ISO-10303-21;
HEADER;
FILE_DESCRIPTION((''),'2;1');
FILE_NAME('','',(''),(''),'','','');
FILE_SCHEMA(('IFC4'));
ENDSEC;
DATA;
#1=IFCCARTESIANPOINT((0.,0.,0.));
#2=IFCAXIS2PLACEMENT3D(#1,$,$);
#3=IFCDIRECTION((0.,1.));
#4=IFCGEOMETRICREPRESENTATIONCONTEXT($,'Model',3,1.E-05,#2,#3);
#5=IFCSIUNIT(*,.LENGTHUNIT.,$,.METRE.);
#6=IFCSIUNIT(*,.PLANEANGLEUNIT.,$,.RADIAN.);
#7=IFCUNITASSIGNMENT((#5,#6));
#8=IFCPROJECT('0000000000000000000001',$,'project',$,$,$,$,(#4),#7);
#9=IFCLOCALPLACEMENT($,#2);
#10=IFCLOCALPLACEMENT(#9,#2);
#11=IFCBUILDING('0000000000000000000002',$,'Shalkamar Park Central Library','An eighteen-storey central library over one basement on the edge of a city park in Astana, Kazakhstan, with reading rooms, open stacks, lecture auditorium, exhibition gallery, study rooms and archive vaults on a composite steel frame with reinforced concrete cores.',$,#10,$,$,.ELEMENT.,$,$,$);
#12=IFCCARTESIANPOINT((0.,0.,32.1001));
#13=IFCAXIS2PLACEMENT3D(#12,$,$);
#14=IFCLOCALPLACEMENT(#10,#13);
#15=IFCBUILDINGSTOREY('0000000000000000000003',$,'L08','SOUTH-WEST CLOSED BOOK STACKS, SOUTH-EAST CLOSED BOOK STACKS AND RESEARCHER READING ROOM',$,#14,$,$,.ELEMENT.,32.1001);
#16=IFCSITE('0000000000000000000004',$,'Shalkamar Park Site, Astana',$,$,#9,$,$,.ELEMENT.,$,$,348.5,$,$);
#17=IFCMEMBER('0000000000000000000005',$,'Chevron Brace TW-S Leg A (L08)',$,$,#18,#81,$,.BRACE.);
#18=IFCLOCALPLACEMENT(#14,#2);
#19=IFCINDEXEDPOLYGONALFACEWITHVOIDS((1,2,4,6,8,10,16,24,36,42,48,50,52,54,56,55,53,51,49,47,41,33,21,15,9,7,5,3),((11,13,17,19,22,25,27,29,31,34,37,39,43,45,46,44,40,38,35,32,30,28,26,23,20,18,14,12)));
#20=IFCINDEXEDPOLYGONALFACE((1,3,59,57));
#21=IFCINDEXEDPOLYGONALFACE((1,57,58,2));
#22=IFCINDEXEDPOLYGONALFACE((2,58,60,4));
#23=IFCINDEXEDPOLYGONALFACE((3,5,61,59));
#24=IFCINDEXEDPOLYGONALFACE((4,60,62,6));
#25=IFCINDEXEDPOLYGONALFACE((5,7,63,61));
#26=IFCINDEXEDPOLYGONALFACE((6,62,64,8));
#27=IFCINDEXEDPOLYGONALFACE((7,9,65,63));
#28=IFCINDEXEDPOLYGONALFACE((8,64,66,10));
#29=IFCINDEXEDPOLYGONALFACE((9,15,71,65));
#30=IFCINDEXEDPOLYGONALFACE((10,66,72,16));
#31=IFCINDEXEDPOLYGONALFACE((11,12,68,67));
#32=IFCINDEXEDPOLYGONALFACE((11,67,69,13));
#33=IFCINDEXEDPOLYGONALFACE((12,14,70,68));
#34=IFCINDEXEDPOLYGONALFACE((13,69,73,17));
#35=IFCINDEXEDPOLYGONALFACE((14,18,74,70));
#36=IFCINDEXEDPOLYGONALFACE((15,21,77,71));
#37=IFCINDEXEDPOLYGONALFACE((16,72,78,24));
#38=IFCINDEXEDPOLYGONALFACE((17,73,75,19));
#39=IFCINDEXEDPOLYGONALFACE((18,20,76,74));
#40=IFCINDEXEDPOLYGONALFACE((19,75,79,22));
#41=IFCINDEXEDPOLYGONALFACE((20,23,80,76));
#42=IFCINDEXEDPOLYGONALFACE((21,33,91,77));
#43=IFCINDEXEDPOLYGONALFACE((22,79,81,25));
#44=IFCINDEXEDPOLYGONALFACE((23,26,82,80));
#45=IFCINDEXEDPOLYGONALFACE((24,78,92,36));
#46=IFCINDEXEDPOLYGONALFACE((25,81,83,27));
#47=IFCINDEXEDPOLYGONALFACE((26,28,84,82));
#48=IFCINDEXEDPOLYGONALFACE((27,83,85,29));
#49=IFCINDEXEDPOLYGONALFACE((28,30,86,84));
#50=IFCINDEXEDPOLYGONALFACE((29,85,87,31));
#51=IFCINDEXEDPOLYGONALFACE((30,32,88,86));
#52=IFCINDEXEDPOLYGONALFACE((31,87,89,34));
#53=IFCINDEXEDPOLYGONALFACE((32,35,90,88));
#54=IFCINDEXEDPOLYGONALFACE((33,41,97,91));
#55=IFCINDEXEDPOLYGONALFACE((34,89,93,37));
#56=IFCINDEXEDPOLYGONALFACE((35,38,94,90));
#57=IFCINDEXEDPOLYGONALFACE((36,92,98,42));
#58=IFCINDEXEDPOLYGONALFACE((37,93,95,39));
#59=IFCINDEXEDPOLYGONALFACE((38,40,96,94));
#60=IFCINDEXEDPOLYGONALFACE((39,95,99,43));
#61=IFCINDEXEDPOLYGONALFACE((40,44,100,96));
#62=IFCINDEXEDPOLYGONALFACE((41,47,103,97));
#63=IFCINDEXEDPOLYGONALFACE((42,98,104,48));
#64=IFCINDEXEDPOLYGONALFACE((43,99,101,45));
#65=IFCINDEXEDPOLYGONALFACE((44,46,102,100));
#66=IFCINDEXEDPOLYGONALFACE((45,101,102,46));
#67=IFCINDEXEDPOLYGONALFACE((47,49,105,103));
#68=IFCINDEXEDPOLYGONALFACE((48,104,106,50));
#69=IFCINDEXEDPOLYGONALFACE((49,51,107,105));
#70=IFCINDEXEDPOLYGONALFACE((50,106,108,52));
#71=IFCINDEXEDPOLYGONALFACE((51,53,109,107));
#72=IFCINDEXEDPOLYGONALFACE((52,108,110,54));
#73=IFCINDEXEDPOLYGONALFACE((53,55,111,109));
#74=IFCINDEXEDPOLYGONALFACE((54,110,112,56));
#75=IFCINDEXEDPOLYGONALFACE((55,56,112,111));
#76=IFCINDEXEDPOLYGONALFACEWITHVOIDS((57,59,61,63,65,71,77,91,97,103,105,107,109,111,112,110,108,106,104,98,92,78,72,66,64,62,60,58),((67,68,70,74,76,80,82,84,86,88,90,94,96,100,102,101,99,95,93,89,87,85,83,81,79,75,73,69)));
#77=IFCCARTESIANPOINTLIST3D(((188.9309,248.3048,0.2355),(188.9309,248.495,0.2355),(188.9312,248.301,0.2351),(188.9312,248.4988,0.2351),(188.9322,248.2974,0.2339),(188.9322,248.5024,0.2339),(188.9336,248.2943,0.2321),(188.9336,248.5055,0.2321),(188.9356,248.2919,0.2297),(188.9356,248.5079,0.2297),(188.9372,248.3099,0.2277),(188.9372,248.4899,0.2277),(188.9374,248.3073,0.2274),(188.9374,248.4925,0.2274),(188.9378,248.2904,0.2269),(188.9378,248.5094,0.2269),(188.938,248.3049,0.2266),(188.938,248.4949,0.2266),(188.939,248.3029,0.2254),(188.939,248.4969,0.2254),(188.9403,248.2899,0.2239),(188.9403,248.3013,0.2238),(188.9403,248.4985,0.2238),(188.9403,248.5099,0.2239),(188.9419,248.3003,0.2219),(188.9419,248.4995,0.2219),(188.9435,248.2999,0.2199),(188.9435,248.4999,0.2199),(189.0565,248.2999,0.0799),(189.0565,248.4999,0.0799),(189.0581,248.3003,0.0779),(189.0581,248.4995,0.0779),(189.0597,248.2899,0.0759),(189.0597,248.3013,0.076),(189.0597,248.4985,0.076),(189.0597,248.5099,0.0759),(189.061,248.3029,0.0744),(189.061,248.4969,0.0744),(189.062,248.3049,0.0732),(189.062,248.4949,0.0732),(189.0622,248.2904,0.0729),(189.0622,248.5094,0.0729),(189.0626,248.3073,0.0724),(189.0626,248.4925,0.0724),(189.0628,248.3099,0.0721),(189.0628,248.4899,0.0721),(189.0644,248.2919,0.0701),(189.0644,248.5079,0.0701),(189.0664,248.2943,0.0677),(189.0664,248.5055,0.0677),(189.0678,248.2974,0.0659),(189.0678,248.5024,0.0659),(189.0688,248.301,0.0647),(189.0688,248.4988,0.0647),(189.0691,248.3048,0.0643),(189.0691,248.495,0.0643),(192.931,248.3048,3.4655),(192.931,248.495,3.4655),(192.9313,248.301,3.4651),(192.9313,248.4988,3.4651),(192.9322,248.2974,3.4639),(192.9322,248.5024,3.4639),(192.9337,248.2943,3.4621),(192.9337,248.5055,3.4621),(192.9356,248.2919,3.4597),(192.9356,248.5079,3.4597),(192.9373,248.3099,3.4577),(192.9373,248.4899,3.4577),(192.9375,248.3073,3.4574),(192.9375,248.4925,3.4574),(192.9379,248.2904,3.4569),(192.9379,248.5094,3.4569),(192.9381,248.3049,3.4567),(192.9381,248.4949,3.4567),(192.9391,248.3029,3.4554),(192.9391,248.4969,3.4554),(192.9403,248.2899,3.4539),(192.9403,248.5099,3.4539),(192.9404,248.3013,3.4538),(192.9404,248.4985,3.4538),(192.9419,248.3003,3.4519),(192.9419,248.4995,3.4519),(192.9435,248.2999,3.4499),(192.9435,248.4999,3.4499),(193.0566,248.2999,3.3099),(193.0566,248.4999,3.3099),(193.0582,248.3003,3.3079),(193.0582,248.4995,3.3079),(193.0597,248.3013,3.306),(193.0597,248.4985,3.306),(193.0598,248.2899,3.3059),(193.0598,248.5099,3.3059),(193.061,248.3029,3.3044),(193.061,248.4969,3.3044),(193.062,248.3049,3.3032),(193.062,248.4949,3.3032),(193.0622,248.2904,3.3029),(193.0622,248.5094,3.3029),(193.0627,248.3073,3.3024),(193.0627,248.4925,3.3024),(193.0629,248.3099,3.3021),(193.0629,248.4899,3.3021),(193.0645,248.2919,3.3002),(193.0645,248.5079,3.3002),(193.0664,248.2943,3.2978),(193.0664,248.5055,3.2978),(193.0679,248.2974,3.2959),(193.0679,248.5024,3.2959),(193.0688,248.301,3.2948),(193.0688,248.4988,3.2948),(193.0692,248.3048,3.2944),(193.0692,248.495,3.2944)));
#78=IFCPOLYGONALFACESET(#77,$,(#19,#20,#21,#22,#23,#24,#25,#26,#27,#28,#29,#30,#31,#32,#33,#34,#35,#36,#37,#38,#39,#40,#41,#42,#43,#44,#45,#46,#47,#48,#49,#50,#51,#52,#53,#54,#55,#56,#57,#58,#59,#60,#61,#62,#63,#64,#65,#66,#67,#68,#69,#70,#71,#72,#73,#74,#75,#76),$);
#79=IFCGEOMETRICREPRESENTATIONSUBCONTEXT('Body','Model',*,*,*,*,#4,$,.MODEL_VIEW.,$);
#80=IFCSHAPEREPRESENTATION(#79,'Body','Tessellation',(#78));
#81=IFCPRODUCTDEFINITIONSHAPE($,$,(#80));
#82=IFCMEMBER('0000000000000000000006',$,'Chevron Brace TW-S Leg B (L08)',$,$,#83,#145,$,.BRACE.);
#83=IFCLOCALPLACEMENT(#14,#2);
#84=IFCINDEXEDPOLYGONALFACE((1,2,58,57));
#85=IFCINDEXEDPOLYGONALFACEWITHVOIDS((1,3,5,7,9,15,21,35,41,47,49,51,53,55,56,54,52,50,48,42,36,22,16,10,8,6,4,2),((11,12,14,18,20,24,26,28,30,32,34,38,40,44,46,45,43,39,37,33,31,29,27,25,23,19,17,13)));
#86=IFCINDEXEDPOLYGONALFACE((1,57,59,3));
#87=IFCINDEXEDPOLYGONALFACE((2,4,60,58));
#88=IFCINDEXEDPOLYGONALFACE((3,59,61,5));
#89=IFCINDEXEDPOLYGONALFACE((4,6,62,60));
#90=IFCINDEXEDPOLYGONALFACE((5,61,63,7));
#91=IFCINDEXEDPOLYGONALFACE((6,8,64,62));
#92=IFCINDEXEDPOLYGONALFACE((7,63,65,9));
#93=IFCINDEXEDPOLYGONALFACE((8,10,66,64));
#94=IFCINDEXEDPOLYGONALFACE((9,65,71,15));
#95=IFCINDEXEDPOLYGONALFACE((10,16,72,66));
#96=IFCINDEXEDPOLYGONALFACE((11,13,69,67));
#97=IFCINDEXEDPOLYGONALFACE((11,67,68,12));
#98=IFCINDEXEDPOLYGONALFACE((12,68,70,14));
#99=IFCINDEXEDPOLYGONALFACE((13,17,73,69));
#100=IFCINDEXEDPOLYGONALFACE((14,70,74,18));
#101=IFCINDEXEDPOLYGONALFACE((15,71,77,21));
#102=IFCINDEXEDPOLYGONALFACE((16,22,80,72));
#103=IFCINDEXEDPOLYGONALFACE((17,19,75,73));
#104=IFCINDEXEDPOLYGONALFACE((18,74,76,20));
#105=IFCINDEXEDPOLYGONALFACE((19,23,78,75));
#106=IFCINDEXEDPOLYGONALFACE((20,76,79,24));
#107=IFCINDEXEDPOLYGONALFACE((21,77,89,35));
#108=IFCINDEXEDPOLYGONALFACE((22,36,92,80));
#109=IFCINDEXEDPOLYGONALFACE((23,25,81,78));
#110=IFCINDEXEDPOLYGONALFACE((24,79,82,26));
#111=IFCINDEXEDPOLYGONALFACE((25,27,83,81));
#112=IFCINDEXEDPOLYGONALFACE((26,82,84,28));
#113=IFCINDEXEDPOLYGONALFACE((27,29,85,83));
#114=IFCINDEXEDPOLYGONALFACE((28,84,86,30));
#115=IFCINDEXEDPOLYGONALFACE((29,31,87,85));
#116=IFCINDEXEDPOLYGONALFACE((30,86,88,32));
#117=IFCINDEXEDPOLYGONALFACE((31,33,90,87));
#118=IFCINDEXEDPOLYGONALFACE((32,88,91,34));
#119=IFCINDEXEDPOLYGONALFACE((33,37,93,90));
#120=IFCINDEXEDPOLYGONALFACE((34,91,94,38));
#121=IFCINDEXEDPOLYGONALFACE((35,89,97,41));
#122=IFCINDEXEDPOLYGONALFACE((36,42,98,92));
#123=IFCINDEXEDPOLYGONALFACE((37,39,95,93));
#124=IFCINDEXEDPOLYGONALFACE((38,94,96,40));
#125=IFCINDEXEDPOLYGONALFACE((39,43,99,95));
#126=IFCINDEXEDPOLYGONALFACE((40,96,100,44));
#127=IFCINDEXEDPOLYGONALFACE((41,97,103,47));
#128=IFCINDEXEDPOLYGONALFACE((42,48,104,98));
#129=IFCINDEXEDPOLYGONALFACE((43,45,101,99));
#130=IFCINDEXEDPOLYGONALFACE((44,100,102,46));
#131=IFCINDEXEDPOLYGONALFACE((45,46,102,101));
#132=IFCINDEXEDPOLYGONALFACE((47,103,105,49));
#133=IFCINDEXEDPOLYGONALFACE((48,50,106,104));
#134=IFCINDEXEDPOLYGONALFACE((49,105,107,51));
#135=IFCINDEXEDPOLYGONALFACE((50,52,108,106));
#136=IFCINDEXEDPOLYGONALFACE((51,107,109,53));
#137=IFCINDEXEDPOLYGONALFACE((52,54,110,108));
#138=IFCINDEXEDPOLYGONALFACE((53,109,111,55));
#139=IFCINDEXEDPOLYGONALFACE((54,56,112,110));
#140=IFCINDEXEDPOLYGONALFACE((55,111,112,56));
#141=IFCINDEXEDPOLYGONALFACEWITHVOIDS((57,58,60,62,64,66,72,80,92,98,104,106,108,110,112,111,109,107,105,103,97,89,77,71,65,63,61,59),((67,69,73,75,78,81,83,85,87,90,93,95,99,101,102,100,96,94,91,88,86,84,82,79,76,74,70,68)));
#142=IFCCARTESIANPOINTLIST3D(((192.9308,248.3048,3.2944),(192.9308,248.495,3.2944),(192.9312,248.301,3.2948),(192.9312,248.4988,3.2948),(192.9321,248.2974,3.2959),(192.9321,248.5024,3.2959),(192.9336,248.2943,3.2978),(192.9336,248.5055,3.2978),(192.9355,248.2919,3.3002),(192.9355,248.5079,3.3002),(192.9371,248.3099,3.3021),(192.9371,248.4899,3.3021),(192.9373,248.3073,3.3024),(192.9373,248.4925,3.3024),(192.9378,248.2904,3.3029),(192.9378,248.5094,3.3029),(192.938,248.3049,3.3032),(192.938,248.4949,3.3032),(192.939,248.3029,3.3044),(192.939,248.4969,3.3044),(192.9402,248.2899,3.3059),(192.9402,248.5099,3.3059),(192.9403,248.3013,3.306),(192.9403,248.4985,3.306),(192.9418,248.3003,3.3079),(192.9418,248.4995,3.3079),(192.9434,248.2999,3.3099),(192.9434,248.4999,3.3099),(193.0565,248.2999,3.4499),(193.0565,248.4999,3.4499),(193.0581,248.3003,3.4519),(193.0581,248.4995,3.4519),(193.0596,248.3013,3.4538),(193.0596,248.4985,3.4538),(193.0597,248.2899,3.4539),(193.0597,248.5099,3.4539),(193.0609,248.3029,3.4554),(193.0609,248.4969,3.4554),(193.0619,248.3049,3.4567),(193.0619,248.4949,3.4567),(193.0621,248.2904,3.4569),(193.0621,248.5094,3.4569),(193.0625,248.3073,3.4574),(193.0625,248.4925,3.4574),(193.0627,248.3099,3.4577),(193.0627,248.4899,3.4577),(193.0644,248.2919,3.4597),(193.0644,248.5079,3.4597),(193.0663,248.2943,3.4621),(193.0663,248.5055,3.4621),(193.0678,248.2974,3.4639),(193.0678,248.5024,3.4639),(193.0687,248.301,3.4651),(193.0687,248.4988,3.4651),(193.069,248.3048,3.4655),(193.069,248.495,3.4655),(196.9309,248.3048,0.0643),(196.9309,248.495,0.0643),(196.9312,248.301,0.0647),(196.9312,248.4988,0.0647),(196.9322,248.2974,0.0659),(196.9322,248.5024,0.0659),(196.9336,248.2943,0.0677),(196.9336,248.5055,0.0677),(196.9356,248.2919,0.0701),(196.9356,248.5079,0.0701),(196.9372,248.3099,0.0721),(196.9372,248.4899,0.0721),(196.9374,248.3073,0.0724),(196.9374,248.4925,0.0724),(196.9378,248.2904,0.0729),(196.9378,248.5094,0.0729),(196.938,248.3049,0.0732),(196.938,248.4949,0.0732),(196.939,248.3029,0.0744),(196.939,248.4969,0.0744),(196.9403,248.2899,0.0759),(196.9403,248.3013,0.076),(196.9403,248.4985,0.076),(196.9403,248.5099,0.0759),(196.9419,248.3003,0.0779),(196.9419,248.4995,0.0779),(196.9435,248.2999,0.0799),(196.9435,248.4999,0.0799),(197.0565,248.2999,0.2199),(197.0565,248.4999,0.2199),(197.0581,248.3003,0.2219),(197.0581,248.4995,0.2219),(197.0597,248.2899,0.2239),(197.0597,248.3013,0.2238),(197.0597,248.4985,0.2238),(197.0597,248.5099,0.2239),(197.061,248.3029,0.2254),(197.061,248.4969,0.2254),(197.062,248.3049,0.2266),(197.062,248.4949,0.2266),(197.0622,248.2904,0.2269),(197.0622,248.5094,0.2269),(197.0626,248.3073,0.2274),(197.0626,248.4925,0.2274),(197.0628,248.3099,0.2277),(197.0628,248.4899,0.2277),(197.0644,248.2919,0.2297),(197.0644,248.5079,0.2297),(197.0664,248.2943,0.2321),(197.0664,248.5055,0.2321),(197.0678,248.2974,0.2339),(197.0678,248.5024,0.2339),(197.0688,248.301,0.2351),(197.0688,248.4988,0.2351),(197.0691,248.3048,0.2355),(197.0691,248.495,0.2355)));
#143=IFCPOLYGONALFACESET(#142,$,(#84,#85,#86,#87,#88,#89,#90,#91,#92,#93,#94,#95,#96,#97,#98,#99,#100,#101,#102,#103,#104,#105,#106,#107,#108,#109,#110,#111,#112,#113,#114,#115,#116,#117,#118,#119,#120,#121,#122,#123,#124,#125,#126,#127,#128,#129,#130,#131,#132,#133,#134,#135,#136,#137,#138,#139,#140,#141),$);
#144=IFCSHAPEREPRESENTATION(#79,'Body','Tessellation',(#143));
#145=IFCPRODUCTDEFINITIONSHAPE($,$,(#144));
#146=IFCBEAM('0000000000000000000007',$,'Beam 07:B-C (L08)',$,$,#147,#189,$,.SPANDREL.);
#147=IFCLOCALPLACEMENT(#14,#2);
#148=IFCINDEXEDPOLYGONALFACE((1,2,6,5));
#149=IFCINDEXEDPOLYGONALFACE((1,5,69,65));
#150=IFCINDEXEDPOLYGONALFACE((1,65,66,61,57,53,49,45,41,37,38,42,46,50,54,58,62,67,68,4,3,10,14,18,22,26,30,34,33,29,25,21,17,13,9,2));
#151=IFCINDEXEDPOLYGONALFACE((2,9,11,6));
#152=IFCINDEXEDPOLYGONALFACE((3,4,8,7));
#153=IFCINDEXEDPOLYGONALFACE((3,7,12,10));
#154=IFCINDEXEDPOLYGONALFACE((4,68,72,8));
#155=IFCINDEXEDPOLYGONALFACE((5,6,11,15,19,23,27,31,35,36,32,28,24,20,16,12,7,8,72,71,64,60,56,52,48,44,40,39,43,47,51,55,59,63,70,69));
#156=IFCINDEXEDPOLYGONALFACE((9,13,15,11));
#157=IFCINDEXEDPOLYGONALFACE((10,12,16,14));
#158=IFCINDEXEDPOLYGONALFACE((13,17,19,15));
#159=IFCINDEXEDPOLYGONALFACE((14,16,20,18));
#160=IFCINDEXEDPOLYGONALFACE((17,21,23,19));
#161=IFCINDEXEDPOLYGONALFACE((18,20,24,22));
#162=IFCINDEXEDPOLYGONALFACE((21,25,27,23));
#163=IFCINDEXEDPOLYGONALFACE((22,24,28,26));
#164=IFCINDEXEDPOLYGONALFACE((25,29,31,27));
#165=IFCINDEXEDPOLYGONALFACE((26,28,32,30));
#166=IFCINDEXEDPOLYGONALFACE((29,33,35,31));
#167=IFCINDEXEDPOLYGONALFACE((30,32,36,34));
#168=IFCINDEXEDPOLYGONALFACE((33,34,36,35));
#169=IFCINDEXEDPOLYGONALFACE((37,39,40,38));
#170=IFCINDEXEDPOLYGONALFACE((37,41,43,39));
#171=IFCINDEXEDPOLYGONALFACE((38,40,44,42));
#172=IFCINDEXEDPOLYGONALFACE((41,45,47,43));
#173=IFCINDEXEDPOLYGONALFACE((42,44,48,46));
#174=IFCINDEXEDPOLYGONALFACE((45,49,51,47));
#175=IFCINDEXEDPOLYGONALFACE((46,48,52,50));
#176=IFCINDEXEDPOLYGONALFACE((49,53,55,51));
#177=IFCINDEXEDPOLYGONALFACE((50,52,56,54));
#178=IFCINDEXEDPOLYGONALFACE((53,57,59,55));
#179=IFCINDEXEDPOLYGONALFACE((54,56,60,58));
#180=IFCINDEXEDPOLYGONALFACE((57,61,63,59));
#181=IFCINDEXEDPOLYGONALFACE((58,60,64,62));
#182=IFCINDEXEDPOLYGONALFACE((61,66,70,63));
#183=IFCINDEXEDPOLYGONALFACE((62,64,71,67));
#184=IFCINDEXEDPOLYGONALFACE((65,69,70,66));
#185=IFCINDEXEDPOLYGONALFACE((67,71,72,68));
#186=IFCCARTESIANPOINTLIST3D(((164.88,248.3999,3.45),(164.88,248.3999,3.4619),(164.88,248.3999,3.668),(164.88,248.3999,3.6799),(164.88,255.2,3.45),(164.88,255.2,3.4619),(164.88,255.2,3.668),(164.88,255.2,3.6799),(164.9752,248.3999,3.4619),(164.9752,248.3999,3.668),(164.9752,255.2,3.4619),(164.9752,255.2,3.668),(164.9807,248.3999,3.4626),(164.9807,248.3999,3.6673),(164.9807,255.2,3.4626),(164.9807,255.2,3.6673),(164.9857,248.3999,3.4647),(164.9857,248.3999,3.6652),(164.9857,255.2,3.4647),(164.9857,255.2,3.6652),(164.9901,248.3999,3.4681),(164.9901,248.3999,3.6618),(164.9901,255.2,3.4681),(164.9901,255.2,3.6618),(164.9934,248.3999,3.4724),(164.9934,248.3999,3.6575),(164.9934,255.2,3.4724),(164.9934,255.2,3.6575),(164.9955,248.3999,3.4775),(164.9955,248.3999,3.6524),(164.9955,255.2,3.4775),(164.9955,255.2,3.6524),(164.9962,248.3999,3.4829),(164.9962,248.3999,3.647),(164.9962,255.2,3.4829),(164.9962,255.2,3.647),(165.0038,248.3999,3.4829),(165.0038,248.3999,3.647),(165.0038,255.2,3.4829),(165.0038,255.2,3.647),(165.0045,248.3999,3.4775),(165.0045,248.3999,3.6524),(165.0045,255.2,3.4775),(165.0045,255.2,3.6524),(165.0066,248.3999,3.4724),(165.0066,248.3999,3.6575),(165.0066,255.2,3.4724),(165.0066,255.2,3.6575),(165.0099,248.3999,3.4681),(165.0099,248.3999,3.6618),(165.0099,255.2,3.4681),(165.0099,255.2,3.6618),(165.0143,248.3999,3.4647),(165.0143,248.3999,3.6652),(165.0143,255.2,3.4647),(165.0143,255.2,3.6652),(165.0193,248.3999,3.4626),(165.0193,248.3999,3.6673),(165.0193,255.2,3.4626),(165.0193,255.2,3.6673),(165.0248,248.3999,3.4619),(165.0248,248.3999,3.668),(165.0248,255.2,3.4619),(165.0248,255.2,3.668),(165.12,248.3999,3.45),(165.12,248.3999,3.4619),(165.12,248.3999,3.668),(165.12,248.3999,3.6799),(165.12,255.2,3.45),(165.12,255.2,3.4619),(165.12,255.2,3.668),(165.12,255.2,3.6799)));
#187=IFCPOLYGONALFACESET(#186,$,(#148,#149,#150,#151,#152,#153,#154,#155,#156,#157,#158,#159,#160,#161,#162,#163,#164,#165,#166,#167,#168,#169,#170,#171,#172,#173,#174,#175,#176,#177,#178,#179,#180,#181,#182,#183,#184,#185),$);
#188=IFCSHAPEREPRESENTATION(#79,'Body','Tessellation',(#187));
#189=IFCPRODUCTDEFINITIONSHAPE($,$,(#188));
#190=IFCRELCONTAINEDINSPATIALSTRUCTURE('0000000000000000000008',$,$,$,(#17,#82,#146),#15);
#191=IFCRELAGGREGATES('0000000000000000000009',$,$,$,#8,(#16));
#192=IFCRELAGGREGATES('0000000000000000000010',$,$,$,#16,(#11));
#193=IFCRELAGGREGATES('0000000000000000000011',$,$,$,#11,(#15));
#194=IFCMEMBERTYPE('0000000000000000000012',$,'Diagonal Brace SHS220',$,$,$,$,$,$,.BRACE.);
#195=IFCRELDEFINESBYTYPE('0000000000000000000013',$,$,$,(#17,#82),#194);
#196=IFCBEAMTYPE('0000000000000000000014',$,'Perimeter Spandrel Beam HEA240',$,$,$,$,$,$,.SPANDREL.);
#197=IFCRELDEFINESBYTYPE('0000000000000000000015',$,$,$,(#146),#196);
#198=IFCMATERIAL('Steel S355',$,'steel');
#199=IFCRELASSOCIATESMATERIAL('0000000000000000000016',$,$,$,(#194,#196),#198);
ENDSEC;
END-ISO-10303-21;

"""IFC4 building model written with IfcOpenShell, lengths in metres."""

from ifc_helpers import new_model, si_unit, direction, frame, origin, origin_2d, place, context, subcontext, project, spatial, hollow_rectangle, i_section, extrude, material, material_profile, profile_set, type_object, element, save


model = new_model("IFC4")

# Units and contexts
model_context = context("Model", 3, precision=1e-05, world=origin(), true_north=direction((0.0, 1.0)))
body_context = subcontext(model_context, "Body", "Model", "MODEL_VIEW")
ifc_project = project(units=[si_unit("LENGTHUNIT", "METRE"), si_unit("PLANEANGLEUNIT", "RADIAN")], contexts=[model_context])

# Site, building, storey
site_placement = place(None, origin())
site = spatial("IfcSite", under=ifc_project, at=site_placement, Name="Shalkamar Park Site, Astana", CompositionType="ELEMENT", RefElevation=348.5)
building_placement = place(site_placement, origin())
building = spatial("IfcBuilding", under=site, at=building_placement, Name="Shalkamar Park Central Library", Description="An eighteen-storey central library over one basement on the edge of a city park in Astana, Kazakhstan, with reading rooms, open stacks, lecture auditorium, exhibition gallery, study rooms and archive vaults on a composite steel frame with reinforced concrete cores.", CompositionType="ELEMENT")
storey_placement = place(building_placement, frame((0.0, 0.0, 32.1001)))
storey = spatial("IfcBuildingStorey", under=building, at=storey_placement, Name="L08", Description="SOUTH-WEST CLOSED BOOK STACKS, SOUTH-EAST CLOSED BOOK STACKS AND RESEARCHER READING ROOM", CompositionType="ELEMENT", Elevation=32.1001)

# Shared definitions
ifc_material_1 = material(Name="Steel S355", Category="steel")

# Members
ifc_material_profile_1 = material_profile(ifc_material_1, hollow_rectangle(XDim=0.22, YDim=0.22, WallThickness=0.01, InnerFilletRadius=0.01, OuterFilletRadius=0.0149, at=origin_2d()), Name="SHS 220x220x10")
ifc_profile_set_1 = profile_set([ifc_material_profile_1], Name="Steel S355")
member_type = type_object("IfcMemberType", Name="Diagonal Brace SHS220", PredefinedType="BRACE", material=ifc_profile_set_1)
for number, where, z_axis, x_axis, name in (
    (1, (189.0, 248.3999, 0.1499), (0.778016, 0.0, 0.628244), (0.0, 1.0, 0.0), "Chevron Brace TW-S Leg A (L08)"),
    (2, (197.0, 248.3999, 0.1499), (-0.778016, 0.0, 0.628244), (0.0, -1.0, 0.0), "Chevron Brace TW-S Leg B (L08)"),
):
    element("IfcMember", number, at=place(storey_placement, frame(where, z_axis=z_axis, x_axis=x_axis)), inside=storey, type_object=member_type, Name=name, PredefinedType="BRACE", context=body_context, shape_type="SweptSolid", body=[
        extrude(hollow_rectangle(XDim=0.22, YDim=0.22, WallThickness=0.01, InnerFilletRadius=0.01, OuterFilletRadius=0.0149, at=origin_2d()), origin(), (0.0, 0.0, 1.0), 5.1414),
    ])

# Beam
ifc_material_profile_2 = material_profile(ifc_material_1, i_section(OverallWidth=0.24, OverallDepth=0.23, WebThickness=0.0076, FlangeThickness=0.012, FilletRadius=0.021, at=origin_2d()), Name="HEA 240")
ifc_profile_set_2 = profile_set([ifc_material_profile_2], Name="Steel S355")
beam_type_1 = type_object("IfcBeamType", Name="Perimeter Spandrel Beam HEA240", PredefinedType="SPANDREL", material=ifc_profile_set_2)
for number, where, z_axis, x_axis, name in (
    (3, (165.0, 248.3999, 3.5649), (0.0, 1.0, 0.0), (-1.0, 0.0, 0.0), "Beam 07:B-C (L08)"),
):
    element("IfcBeam", number, at=place(storey_placement, frame(where, z_axis=z_axis, x_axis=x_axis)), inside=storey, type_object=beam_type_1, Name=name, PredefinedType="SPANDREL", context=body_context, shape_type="SweptSolid", body=[
        extrude(i_section(OverallWidth=0.24, OverallDepth=0.23, WebThickness=0.0076, FlangeThickness=0.012, FilletRadius=0.021, at=origin_2d()), origin(), (0.0, 0.0, 1.0), 6.8),
    ])

save(model, "model.ifc")
